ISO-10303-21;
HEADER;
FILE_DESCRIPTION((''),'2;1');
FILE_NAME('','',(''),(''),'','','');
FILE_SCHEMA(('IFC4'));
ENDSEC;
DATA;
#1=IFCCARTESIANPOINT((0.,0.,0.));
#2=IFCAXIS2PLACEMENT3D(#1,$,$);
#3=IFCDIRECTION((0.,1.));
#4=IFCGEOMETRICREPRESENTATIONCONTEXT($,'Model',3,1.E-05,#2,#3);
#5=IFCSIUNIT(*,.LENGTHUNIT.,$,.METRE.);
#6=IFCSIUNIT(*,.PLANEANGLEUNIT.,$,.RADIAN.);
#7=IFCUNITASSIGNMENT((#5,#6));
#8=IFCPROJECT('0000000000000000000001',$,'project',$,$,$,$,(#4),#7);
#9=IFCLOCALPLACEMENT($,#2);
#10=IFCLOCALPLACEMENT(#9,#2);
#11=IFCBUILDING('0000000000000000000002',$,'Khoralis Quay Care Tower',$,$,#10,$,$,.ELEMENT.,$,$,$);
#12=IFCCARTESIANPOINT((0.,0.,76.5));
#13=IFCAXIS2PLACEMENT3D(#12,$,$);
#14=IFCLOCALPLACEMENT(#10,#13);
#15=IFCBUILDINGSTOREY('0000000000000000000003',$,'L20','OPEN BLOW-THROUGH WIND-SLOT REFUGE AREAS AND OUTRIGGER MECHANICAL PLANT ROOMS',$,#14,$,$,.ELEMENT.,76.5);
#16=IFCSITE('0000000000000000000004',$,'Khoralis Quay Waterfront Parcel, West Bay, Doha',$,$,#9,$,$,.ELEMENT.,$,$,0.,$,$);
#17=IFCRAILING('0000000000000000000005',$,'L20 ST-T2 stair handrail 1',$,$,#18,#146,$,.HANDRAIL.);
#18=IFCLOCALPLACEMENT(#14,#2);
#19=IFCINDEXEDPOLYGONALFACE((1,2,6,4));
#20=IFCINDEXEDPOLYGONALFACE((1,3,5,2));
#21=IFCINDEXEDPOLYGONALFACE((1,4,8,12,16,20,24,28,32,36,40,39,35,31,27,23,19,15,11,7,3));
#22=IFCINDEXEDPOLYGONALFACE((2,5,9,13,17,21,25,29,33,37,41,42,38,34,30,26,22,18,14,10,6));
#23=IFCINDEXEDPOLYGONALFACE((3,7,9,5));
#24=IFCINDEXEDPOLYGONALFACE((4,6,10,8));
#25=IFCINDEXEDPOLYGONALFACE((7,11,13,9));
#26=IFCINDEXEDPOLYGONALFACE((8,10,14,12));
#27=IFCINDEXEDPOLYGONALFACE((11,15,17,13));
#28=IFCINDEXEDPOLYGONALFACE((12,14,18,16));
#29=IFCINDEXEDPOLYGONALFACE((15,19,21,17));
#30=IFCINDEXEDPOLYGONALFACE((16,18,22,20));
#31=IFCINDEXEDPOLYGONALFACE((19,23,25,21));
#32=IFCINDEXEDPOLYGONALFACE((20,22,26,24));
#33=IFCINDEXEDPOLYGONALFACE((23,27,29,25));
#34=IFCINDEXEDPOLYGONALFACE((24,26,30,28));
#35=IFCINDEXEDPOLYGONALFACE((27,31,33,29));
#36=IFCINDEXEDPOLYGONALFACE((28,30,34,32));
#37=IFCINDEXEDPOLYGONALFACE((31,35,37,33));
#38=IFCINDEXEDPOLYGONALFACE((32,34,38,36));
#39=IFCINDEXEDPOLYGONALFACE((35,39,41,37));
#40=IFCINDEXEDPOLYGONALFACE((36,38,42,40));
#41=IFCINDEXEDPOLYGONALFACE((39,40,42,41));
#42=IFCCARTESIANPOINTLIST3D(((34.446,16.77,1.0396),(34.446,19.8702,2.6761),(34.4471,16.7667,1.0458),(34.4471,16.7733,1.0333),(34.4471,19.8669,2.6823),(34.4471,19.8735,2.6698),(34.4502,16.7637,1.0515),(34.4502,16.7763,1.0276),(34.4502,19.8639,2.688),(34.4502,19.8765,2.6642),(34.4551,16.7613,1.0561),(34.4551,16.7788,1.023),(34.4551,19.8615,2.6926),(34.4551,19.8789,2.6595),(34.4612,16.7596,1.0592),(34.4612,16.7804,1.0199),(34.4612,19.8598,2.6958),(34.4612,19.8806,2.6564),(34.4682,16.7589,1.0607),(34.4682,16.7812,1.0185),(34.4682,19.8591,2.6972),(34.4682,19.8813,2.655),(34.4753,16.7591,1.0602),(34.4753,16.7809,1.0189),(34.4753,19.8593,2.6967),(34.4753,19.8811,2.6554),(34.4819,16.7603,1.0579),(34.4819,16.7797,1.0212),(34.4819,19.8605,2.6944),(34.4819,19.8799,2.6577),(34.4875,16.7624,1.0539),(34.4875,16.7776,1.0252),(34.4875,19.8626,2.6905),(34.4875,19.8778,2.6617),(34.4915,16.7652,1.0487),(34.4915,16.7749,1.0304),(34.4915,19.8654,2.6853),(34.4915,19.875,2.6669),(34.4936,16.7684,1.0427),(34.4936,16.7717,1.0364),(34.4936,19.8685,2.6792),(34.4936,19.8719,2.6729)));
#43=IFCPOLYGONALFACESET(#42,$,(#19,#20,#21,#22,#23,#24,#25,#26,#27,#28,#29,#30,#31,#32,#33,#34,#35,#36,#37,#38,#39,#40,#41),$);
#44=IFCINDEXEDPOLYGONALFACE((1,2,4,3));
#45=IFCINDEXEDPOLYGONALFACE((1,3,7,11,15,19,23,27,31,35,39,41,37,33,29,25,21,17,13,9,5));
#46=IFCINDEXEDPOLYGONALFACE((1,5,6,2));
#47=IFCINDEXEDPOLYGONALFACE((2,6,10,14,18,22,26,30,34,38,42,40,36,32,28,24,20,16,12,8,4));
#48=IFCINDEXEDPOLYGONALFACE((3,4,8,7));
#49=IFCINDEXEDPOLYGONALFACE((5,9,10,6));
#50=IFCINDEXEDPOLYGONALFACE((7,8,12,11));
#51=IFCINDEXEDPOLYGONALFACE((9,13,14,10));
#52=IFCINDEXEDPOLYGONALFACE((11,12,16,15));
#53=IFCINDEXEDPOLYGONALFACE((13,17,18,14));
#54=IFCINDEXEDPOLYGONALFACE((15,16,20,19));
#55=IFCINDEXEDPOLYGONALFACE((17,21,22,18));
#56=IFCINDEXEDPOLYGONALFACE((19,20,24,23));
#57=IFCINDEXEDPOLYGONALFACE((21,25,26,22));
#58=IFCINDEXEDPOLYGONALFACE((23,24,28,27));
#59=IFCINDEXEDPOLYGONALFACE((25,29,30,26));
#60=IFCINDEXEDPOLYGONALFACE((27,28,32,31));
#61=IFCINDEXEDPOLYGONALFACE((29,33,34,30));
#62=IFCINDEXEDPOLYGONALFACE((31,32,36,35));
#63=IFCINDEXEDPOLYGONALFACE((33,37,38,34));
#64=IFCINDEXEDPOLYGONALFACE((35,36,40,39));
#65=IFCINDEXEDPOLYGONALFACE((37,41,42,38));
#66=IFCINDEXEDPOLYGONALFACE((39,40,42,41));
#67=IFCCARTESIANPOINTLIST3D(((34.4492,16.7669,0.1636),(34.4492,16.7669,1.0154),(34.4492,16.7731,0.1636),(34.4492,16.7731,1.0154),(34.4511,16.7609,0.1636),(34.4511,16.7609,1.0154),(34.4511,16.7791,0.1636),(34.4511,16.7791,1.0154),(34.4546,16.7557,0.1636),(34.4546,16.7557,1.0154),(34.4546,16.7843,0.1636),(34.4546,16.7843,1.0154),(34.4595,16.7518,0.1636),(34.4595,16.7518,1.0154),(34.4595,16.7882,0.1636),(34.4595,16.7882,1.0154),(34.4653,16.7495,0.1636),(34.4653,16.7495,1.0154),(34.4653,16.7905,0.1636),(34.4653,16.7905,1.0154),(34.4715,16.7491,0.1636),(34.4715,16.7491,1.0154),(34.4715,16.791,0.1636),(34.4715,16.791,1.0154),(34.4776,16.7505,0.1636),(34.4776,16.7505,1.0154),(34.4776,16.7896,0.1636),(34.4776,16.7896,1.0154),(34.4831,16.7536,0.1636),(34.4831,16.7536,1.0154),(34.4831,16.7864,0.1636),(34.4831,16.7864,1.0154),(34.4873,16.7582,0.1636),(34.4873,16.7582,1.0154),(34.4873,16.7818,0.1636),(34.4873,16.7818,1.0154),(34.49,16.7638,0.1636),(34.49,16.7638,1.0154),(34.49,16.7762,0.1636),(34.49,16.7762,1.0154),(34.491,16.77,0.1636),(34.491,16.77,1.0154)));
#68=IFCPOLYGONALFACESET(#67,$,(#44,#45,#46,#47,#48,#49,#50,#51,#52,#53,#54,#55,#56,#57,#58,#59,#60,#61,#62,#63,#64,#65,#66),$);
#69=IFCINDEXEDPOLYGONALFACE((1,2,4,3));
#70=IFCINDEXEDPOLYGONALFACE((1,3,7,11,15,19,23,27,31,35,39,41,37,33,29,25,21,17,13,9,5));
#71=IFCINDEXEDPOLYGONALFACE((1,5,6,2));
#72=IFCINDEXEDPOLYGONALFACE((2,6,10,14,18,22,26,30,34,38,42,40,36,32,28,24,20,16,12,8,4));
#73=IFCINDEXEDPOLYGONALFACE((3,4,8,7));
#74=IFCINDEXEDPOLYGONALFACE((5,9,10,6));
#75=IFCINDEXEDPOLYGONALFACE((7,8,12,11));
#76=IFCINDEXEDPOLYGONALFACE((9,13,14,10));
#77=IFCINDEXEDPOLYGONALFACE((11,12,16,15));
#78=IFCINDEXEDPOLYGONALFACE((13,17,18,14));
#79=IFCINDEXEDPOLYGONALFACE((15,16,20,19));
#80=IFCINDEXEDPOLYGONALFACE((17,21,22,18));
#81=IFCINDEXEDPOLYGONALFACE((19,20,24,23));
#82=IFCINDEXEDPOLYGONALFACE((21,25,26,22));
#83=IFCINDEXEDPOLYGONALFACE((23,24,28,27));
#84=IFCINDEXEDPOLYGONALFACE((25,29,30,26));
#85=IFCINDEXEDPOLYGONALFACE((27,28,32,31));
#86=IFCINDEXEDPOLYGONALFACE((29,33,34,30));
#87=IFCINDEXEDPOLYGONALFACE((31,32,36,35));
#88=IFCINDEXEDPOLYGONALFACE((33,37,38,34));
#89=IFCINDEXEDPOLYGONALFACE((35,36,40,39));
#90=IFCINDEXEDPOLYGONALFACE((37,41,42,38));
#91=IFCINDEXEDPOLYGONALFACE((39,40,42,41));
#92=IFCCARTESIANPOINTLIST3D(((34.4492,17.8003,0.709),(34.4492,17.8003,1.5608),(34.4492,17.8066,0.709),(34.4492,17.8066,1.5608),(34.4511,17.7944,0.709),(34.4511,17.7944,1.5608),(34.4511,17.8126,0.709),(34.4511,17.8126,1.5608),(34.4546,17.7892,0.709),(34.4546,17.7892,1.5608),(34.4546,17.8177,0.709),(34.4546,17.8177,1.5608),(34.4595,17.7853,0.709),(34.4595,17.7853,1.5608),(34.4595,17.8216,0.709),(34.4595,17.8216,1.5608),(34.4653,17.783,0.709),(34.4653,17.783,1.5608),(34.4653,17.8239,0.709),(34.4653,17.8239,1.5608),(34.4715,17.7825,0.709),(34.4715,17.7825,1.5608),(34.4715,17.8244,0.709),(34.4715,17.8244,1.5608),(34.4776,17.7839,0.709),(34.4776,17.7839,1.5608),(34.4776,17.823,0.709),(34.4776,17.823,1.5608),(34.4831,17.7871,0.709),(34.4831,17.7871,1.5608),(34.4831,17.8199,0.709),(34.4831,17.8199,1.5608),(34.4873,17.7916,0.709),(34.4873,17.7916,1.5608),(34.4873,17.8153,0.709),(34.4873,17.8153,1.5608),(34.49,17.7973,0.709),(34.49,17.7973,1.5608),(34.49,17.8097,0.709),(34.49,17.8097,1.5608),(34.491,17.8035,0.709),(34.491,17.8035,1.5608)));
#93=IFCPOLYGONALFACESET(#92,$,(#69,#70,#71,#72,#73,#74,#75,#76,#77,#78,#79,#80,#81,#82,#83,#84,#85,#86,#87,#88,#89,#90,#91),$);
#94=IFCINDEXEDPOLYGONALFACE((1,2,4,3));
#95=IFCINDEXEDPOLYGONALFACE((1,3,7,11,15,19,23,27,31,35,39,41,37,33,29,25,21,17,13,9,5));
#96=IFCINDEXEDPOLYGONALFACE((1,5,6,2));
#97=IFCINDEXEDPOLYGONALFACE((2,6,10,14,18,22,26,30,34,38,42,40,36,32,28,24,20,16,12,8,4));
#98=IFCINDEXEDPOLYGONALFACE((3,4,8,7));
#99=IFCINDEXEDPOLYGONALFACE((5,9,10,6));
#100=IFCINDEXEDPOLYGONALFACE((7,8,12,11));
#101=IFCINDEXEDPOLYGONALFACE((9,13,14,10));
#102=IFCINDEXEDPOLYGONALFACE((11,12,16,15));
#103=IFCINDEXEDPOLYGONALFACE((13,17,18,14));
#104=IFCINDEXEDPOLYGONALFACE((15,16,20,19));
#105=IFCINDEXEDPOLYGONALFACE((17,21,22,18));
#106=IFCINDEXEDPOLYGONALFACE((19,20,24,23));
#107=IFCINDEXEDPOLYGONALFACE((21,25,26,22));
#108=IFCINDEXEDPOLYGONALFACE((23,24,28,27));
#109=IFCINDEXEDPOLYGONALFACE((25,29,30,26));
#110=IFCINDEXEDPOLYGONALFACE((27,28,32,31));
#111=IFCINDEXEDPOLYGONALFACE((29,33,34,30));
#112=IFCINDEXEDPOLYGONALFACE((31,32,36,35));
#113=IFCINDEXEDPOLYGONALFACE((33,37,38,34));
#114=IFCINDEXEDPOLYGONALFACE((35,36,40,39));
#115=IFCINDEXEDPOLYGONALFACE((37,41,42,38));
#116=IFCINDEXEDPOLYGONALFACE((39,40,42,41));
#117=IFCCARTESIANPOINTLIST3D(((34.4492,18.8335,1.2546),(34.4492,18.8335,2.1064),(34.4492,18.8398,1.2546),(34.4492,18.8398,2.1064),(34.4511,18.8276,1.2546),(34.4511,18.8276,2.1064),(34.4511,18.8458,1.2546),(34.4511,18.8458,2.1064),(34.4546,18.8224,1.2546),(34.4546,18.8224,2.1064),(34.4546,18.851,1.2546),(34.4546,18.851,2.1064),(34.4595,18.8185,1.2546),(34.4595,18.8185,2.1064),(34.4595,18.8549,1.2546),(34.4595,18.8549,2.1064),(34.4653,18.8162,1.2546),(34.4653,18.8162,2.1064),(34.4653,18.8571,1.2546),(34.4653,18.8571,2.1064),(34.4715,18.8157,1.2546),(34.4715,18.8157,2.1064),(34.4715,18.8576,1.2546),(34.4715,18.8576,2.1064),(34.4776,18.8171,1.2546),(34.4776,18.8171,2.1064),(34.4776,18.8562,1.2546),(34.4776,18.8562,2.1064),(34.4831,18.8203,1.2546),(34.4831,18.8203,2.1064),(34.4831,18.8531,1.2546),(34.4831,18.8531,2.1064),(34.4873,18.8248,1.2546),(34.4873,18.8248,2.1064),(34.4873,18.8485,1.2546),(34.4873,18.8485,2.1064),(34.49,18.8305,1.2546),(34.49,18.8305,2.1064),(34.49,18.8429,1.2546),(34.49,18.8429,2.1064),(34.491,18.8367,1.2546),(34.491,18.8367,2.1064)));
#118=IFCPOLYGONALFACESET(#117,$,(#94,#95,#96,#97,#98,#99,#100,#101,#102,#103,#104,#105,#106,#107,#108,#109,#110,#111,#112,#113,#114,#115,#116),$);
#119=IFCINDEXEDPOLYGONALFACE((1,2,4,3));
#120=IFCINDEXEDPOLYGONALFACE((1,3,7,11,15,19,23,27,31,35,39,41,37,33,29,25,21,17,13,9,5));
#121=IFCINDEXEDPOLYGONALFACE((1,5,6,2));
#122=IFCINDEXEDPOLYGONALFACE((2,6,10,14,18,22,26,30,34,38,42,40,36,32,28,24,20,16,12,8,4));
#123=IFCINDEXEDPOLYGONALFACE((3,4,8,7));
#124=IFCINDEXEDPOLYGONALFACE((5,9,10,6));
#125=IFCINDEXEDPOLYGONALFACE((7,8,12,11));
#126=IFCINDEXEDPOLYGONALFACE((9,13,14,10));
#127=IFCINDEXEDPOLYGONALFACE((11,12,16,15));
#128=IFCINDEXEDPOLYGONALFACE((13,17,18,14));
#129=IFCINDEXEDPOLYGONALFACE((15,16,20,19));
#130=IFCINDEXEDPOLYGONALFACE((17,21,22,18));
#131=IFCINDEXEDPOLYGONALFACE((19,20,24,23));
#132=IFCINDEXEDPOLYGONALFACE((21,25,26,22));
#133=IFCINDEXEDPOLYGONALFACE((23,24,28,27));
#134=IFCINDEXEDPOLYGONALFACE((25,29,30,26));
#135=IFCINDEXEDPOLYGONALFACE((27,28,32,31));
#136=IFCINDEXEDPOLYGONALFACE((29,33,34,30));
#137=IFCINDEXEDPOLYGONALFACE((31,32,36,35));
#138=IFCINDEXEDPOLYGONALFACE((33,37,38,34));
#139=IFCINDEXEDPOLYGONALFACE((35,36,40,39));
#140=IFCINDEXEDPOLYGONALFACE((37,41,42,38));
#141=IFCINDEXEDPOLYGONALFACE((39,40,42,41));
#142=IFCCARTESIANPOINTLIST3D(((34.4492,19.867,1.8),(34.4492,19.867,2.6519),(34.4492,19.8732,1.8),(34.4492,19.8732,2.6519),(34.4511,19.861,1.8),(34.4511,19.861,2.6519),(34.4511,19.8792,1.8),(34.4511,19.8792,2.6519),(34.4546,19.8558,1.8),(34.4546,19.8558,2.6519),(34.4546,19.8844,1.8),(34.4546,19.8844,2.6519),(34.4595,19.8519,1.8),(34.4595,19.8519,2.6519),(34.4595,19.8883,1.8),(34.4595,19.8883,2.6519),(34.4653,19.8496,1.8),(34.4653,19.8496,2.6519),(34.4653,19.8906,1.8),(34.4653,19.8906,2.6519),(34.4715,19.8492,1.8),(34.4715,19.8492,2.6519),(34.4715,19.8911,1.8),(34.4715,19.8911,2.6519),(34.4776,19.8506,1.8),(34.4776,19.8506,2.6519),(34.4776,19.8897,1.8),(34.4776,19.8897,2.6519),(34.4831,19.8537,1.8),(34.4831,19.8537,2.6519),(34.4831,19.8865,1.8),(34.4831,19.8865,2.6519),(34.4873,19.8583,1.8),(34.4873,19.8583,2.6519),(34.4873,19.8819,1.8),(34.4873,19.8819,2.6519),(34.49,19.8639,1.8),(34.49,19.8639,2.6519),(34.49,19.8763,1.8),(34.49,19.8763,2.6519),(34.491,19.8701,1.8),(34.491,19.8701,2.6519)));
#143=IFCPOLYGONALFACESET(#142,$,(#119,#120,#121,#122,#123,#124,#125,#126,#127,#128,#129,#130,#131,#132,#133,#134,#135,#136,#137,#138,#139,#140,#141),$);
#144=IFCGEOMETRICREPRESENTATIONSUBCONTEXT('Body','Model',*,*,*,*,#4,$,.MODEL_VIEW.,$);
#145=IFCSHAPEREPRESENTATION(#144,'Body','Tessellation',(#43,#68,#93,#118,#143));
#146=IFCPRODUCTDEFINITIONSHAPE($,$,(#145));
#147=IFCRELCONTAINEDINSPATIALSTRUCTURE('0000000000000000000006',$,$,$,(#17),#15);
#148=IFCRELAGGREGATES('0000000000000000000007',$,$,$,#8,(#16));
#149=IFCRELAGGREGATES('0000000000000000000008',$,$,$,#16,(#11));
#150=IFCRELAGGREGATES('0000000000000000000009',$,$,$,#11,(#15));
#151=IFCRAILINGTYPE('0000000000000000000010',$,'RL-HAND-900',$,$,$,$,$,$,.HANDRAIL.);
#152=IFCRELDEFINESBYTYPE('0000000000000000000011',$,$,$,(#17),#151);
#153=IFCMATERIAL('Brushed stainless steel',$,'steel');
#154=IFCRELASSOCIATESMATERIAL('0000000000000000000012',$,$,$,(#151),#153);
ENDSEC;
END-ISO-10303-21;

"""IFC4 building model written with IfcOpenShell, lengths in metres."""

from ifc_helpers import new_model, si_unit, direction, frame, origin, origin_2d, place, context, subcontext, project, spatial, circle, extrude, material, type_object, element, save


model = new_model("IFC4")

# Units and contexts
model_context = context("Model", 3, precision=1e-05, world=origin(), true_north=direction((0.0, 1.0)))
body_context = subcontext(model_context, "Body", "Model", "MODEL_VIEW")
ifc_project = project(units=[si_unit("LENGTHUNIT", "METRE"), si_unit("PLANEANGLEUNIT", "RADIAN")], contexts=[model_context])

# Site, building, storey
site_placement = place(None, origin())
site = spatial("IfcSite", under=ifc_project, at=site_placement, Name="Khoralis Quay Waterfront Parcel, West Bay, Doha", CompositionType="ELEMENT", RefElevation=0.0)
building_placement = place(site_placement, origin())
building = spatial("IfcBuilding", under=site, at=building_placement, Name="Khoralis Quay Care Tower", CompositionType="ELEMENT")
storey_placement = place(building_placement, frame((0.0, 0.0, 76.5)))
storey = spatial("IfcBuildingStorey", under=building, at=storey_placement, Name="L20", Description="OPEN BLOW-THROUGH WIND-SLOT REFUGE AREAS AND OUTRIGGER MECHANICAL PLANT ROOMS", CompositionType="ELEMENT", Elevation=76.5)

# Railing
ifc_material_1 = material(Name="Brushed stainless steel", Category="steel")
railing_type_1 = type_object("IfcRailingType", Name="RL-HAND-900", PredefinedType="HANDRAIL", material=ifc_material_1)
railing_1_placement = place(storey_placement, frame((34.47, 16.77, 0.1636)))
element("IfcRailing", 1, at=railing_1_placement, inside=storey, type_object=railing_type_1, Name="L20 ST-T2 stair handrail 1", PredefinedType="HANDRAIL", context=body_context, shape_type="SweptSolid", body=[
    extrude(circle(Radius=0.0239, at=origin_2d()), frame((0.0, 0.0, 0.876), z_axis=(0.0, 0.884348, 0.466828), x_axis=(-1.0, 0.0, 0.0)), (0.0, 0.0, 1.0), 3.5056),
    extrude(circle(Radius=0.021, at=origin_2d()), origin(), (0.0, 0.0, 1.0), 0.8518),
    extrude(circle(Radius=0.021, at=origin_2d()), frame((0.0, 1.0334, 0.5454)), (0.0, 0.0, 1.0), 0.8518),
    extrude(circle(Radius=0.021, at=origin_2d()), frame((0.0, 2.0667, 1.0911)), (0.0, 0.0, 1.0), 0.8518),
    extrude(circle(Radius=0.021, at=origin_2d()), frame((0.0, 3.1001, 1.6365)), (0.0, 0.0, 1.0), 0.8518),
])

save(model, "model.ifc")
